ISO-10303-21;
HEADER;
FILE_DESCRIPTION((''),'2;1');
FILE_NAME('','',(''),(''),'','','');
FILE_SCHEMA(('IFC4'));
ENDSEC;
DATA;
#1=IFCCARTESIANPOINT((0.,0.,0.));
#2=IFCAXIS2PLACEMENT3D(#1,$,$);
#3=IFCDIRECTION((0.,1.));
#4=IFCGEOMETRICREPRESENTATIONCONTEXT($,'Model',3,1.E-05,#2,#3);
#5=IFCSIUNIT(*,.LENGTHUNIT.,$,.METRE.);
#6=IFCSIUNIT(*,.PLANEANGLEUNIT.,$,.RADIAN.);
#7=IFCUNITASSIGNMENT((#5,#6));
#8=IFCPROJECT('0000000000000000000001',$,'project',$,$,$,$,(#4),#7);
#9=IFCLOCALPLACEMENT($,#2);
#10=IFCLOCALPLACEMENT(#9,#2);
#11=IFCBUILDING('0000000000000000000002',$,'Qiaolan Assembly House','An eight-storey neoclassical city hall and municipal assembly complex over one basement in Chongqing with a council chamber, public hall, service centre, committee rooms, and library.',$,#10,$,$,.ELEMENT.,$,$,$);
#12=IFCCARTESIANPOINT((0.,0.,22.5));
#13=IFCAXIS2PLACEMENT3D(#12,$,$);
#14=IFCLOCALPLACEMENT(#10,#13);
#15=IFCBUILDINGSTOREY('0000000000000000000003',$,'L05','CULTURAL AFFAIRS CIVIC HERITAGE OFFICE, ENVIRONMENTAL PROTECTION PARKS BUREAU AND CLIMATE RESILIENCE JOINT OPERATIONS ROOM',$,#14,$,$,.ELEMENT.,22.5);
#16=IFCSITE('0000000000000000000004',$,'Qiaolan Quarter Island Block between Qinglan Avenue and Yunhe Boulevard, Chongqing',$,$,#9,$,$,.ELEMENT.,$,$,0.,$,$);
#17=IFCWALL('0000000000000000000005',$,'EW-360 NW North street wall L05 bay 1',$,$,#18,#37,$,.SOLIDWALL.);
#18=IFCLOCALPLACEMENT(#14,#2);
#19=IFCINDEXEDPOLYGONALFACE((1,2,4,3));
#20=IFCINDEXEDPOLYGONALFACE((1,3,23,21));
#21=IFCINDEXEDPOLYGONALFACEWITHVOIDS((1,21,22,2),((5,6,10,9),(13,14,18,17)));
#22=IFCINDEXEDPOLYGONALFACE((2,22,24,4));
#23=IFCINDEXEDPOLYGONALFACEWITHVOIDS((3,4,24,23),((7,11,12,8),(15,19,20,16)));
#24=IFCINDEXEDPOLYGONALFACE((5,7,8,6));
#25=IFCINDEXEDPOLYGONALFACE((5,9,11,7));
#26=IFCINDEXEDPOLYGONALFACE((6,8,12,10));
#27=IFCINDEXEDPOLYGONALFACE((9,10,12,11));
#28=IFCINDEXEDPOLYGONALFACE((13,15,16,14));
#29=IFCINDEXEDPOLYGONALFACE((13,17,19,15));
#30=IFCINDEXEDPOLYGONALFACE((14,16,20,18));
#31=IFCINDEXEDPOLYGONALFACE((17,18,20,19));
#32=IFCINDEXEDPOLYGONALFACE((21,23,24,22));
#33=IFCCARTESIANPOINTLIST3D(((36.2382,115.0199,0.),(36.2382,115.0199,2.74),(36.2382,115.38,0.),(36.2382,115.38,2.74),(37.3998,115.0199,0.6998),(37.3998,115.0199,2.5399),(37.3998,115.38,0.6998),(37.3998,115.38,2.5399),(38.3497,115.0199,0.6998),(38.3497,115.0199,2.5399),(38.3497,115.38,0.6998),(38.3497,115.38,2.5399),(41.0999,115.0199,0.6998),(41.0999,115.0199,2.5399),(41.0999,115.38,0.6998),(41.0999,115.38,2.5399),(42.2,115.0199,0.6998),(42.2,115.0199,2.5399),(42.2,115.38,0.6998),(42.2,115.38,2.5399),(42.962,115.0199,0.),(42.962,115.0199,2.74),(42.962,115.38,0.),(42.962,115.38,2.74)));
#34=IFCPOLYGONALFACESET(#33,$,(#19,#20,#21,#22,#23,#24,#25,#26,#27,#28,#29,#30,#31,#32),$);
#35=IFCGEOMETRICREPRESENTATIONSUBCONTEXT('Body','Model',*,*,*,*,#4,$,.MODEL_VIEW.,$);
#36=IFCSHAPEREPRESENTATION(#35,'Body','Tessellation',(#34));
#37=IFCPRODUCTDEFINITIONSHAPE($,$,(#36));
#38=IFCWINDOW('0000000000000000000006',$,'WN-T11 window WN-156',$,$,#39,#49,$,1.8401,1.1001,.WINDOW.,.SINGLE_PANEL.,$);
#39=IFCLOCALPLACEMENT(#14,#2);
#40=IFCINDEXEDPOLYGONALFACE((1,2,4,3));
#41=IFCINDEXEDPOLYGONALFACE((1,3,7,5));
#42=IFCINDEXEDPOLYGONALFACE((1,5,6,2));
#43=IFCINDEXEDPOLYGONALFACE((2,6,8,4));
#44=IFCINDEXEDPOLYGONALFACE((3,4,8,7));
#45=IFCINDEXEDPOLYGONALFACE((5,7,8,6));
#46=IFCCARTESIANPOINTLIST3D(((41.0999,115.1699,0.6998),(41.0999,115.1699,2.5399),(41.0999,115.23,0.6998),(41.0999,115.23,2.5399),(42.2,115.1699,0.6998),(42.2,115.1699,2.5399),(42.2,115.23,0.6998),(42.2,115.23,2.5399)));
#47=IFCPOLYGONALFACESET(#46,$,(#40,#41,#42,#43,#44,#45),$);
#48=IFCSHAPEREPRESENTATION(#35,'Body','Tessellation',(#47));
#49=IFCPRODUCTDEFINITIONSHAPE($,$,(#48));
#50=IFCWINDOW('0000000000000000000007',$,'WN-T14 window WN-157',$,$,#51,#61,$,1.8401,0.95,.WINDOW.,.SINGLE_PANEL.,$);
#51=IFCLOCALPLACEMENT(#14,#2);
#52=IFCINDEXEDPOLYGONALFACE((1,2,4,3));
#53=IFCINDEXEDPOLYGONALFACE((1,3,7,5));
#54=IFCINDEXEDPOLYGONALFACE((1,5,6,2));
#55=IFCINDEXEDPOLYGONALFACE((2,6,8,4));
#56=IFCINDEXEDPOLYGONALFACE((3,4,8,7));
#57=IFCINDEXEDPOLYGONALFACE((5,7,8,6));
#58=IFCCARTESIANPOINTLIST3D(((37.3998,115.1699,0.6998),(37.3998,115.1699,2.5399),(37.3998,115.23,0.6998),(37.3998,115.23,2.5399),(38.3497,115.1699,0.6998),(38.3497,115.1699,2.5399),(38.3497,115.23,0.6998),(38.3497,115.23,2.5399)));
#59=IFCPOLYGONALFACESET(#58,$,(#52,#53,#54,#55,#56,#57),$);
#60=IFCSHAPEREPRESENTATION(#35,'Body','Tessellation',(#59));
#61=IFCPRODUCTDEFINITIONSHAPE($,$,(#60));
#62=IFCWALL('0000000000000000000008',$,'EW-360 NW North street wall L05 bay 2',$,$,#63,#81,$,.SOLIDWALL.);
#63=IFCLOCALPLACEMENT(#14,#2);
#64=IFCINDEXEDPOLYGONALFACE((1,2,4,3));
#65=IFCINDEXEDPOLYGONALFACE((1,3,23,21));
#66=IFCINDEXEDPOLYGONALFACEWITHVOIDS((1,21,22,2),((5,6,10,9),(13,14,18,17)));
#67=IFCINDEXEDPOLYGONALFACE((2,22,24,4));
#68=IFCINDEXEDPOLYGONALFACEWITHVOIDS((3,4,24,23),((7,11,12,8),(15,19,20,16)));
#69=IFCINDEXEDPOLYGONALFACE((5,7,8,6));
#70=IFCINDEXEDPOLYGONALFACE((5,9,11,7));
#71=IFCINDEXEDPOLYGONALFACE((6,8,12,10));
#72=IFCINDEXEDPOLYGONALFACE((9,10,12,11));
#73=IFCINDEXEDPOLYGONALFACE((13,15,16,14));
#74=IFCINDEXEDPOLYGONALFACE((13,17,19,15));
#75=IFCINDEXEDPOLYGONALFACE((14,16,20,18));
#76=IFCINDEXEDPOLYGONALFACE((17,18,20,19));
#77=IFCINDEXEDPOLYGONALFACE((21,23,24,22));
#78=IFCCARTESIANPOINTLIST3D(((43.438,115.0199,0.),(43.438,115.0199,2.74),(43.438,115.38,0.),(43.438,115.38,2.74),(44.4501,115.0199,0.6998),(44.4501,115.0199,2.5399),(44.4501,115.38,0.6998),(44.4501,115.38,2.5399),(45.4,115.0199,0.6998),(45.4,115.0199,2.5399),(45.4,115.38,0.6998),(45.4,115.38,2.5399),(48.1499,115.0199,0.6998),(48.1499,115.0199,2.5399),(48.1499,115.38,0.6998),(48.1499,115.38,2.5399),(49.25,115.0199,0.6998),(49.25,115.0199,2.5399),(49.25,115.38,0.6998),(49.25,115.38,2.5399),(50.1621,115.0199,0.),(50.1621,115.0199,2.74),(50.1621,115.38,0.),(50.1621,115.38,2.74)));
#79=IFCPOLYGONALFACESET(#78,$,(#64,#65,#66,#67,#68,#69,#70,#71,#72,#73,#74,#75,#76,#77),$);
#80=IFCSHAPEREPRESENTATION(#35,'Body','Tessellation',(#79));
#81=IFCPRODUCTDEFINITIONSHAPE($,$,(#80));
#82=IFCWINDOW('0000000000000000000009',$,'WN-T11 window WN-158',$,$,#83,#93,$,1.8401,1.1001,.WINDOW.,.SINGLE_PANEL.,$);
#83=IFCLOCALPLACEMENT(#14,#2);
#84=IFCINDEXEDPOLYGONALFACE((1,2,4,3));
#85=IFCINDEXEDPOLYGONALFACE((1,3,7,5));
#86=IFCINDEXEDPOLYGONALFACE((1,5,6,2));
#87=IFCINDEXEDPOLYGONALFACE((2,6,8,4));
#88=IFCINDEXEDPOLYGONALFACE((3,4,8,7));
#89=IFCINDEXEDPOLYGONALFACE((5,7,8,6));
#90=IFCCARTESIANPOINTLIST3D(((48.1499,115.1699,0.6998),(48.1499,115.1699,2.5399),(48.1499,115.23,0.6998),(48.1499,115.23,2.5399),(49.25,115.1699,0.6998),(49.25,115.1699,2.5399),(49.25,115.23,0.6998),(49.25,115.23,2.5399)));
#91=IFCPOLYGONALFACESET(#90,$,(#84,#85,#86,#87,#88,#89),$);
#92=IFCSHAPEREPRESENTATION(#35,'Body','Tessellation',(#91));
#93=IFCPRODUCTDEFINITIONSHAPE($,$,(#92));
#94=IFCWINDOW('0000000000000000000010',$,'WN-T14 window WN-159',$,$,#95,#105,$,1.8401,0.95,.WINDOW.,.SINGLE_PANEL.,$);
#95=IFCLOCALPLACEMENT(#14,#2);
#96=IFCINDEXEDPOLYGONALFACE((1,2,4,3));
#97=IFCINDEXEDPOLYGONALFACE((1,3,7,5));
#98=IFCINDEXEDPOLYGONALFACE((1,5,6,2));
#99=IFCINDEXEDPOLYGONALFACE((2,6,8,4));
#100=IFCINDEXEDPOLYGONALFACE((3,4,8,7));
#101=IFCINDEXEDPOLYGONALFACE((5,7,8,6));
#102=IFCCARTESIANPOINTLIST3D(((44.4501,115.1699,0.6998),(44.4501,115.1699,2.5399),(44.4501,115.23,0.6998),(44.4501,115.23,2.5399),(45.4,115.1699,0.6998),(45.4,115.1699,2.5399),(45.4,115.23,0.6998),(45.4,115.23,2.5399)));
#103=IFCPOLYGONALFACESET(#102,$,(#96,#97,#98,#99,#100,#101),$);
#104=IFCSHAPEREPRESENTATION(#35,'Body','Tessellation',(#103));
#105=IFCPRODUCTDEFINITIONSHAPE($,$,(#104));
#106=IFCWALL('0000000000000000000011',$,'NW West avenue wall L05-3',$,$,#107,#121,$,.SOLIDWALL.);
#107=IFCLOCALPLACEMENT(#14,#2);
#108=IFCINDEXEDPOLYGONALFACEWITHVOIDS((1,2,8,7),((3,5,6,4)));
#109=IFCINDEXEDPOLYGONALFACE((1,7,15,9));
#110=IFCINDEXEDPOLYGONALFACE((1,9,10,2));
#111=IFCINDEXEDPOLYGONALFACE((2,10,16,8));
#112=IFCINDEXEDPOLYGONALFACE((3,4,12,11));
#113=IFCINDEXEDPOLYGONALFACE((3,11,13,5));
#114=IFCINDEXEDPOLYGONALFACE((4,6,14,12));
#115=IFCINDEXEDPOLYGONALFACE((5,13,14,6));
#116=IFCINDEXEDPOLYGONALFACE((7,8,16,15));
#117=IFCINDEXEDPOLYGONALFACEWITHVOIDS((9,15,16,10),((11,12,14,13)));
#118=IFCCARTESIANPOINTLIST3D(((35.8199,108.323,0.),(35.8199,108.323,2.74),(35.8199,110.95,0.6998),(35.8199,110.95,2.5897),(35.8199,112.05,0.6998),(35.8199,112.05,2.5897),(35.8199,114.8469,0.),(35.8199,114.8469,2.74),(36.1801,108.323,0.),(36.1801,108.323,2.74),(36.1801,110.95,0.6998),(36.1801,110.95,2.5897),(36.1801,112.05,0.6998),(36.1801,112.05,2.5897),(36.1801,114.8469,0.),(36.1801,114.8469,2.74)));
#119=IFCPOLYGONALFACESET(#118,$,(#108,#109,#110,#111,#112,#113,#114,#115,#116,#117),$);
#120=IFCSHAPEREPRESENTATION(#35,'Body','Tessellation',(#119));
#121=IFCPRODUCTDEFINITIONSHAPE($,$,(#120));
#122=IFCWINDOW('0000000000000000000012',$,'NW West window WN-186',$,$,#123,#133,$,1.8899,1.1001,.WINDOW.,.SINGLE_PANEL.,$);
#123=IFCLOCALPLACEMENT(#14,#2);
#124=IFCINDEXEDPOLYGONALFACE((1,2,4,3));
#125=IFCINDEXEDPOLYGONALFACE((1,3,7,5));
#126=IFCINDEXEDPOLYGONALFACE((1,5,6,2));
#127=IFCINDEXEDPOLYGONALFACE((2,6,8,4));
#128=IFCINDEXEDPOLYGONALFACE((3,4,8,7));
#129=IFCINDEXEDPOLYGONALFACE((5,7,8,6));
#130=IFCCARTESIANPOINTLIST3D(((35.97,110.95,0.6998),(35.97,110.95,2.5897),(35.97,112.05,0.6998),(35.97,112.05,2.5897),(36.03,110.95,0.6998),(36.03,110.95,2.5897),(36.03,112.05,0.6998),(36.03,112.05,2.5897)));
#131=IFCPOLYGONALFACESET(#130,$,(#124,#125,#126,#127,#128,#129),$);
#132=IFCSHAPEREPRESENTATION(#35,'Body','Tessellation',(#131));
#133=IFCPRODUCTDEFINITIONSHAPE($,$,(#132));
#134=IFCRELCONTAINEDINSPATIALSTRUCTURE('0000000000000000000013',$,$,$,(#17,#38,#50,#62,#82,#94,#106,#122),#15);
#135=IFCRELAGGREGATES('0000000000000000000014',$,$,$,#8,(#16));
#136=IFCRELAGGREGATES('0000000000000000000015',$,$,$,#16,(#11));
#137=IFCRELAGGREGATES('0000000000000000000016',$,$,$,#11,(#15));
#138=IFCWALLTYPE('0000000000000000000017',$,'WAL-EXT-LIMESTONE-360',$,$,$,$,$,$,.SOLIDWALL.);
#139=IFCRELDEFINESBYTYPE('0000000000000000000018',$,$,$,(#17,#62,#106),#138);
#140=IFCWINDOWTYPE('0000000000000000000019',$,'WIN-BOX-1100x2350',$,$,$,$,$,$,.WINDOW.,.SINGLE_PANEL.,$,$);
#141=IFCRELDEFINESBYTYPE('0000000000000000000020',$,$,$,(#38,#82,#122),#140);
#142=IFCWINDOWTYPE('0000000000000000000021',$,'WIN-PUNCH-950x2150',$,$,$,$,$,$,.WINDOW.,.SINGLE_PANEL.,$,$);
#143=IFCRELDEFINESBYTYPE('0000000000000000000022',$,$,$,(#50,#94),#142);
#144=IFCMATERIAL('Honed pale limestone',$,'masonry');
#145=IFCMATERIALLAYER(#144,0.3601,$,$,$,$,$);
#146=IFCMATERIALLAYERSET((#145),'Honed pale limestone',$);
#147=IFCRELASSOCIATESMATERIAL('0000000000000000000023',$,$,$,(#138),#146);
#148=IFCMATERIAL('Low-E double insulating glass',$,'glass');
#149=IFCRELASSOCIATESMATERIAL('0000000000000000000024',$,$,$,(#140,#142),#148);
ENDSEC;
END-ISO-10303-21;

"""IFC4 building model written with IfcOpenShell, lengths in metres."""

from ifc_helpers import new_model, si_unit, direction, frame, frame_2d, origin, place, context, subcontext, project, spatial, rectangle, extrude, material, layer, layer_set, type_object, element, fill, save


model = new_model("IFC4")

# Units and contexts
model_context = context("Model", 3, precision=1e-05, world=origin(), true_north=direction((0.0, 1.0)))
body_context = subcontext(model_context, "Body", "Model", "MODEL_VIEW")
ifc_project = project(units=[si_unit("LENGTHUNIT", "METRE"), si_unit("PLANEANGLEUNIT", "RADIAN")], contexts=[model_context])

# Site, building, storey
site_placement = place(None, origin())
site = spatial("IfcSite", under=ifc_project, at=site_placement, Name="Qiaolan Quarter Island Block between Qinglan Avenue and Yunhe Boulevard, Chongqing", CompositionType="ELEMENT", RefElevation=0.0)
building_placement = place(site_placement, origin())
building = spatial("IfcBuilding", under=site, at=building_placement, Name="Qiaolan Assembly House", Description="An eight-storey neoclassical city hall and municipal assembly complex over one basement in Chongqing with a council chamber, public hall, service centre, committee rooms, and library.", CompositionType="ELEMENT")
storey_placement = place(building_placement, frame((0.0, 0.0, 22.5)))
storey = spatial("IfcBuildingStorey", under=building, at=storey_placement, Name="L05", Description="CULTURAL AFFAIRS CIVIC HERITAGE OFFICE, ENVIRONMENTAL PROTECTION PARKS BUREAU AND CLIMATE RESILIENCE JOINT OPERATIONS ROOM", CompositionType="ELEMENT", Elevation=22.5)

# Shared definitions
ifc_material_1 = material(Name="Honed pale limestone", Category="masonry")

# Walls, openings, windows
ifc_layer_1 = layer(ifc_material_1, 0.3601)
ifc_layer_set_1 = layer_set([ifc_layer_1], Name="Honed pale limestone")
wall_type = type_object("IfcWallType", Name="WAL-EXT-LIMESTONE-360", PredefinedType="SOLIDWALL", material=ifc_layer_set_1)
wall_1_placement = place(storey_placement, frame((42.9619, 115.2, 0.0), z_axis=(0.0, 0.0, 1.0), x_axis=(-1.0, 0.0, 0.0)))
wall_1 = element("IfcWall", 1, at=wall_1_placement, inside=storey, type_object=wall_type, Name="EW-360 NW North street wall L05 bay 1", PredefinedType="SOLIDWALL", context=body_context, shape_type="SweptSolid", body=[
    extrude(rectangle(XDim=6.7239, YDim=0.3601, at=frame_2d((3.3618, 0.0))), origin(), (0.0, 0.0, 1.0), 2.74),
])
opening_1_placement = place(wall_1_placement, frame((0.762, 0.0, 0.7)))
opening_1 = element("IfcOpeningElement", 2, at=opening_1_placement, cuts=wall_1, PredefinedType="OPENING", context=body_context, shape_type="SweptSolid", body=[
    extrude(rectangle(XDim=1.1001, YDim=1.8401, at=frame_2d((0.55, 0.9199))), frame((0.0, 0.1899, 0.0), z_axis=(0.0, -1.0, 0.0), x_axis=(1.0, 0.0, 0.0)), (0.0, 0.0, 1.0), 0.3801),
])
opening_2_placement = place(wall_1_placement, frame((4.6121, 0.0, 0.7)))
opening_2 = element("IfcOpeningElement", 3, at=opening_2_placement, cuts=wall_1, PredefinedType="OPENING", context=body_context, shape_type="SweptSolid", body=[
    extrude(rectangle(XDim=0.95, YDim=1.8401, at=frame_2d((0.4751, 0.9199))), frame((0.0, 0.1899, 0.0), z_axis=(0.0, -1.0, 0.0), x_axis=(1.0, 0.0, 0.0)), (0.0, 0.0, 1.0), 0.3801),
])
ifc_material_2 = material(Name="Low-E double insulating glass", Category="glass")
window_type_1 = type_object("IfcWindowType", Name="WIN-BOX-1100x2350", PartitioningType="SINGLE_PANEL", PredefinedType="WINDOW", material=ifc_material_2)
window_1_placement = place(opening_1_placement, origin())
window_1 = element("IfcWindow", 4, at=window_1_placement, inside=storey, type_object=window_type_1, Name="WN-T11 window WN-156", OverallHeight=1.8401, OverallWidth=1.1001, PartitioningType="SINGLE_PANEL", PredefinedType="WINDOW", context=body_context, shape_type="SweptSolid", body=[
    extrude(rectangle(XDim=1.1001, YDim=1.8401, at=frame_2d((0.55, 0.9199))), frame((0.0, 0.03, 0.0), z_axis=(0.0, -1.0, 0.0), x_axis=(1.0, 0.0, 0.0)), (0.0, 0.0, 1.0), 0.0601),
])
fill(opening_1, window_1)
window_type_2 = type_object("IfcWindowType", Name="WIN-PUNCH-950x2150", PartitioningType="SINGLE_PANEL", PredefinedType="WINDOW", material=ifc_material_2)
window_2_placement = place(opening_2_placement, origin())
window_2 = element("IfcWindow", 5, at=window_2_placement, inside=storey, type_object=window_type_2, Name="WN-T14 window WN-157", OverallHeight=1.8401, OverallWidth=0.95, PartitioningType="SINGLE_PANEL", PredefinedType="WINDOW", context=body_context, shape_type="SweptSolid", body=[
    extrude(rectangle(XDim=0.95, YDim=1.8401, at=frame_2d((0.4751, 0.9199))), frame((0.0, 0.03, 0.0), z_axis=(0.0, -1.0, 0.0), x_axis=(1.0, 0.0, 0.0)), (0.0, 0.0, 1.0), 0.0601),
])
fill(opening_2, window_2)
wall_2_placement = place(storey_placement, frame((50.1621, 115.2, 0.0), z_axis=(0.0, 0.0, 1.0), x_axis=(-1.0, 0.0, 0.0)))
wall_2 = element("IfcWall", 6, at=wall_2_placement, inside=storey, type_object=wall_type, Name="EW-360 NW North street wall L05 bay 2", PredefinedType="SOLIDWALL", context=body_context, shape_type="SweptSolid", body=[
    extrude(rectangle(XDim=6.7241, YDim=0.3601, at=frame_2d((3.3621, 0.0))), origin(), (0.0, 0.0, 1.0), 2.74),
])
opening_3_placement = place(wall_2_placement, frame((0.9121, 0.0, 0.7)))
opening_3 = element("IfcOpeningElement", 7, at=opening_3_placement, cuts=wall_2, PredefinedType="OPENING", context=body_context, shape_type="SweptSolid", body=[
    extrude(rectangle(XDim=1.1001, YDim=1.8401, at=frame_2d((0.55, 0.9199))), frame((0.0, 0.1899, 0.0), z_axis=(0.0, -1.0, 0.0), x_axis=(1.0, 0.0, 0.0)), (0.0, 0.0, 1.0), 0.3801),
])
opening_4_placement = place(wall_2_placement, frame((4.762, 0.0, 0.7)))
opening_4 = element("IfcOpeningElement", 8, at=opening_4_placement, cuts=wall_2, PredefinedType="OPENING", context=body_context, shape_type="SweptSolid", body=[
    extrude(rectangle(XDim=0.95, YDim=1.8401, at=frame_2d((0.4751, 0.9199))), frame((0.0, 0.1899, 0.0), z_axis=(0.0, -1.0, 0.0), x_axis=(1.0, 0.0, 0.0)), (0.0, 0.0, 1.0), 0.3801),
])
window_3_placement = place(opening_3_placement, origin())
window_3 = element("IfcWindow", 9, at=window_3_placement, inside=storey, type_object=window_type_1, Name="WN-T11 window WN-158", OverallHeight=1.8401, OverallWidth=1.1001, PartitioningType="SINGLE_PANEL", PredefinedType="WINDOW", context=body_context, shape_type="SweptSolid", body=[
    extrude(rectangle(XDim=1.1001, YDim=1.8401, at=frame_2d((0.55, 0.9199))), frame((0.0, 0.03, 0.0), z_axis=(0.0, -1.0, 0.0), x_axis=(1.0, 0.0, 0.0)), (0.0, 0.0, 1.0), 0.0601),
])
fill(opening_3, window_3)
window_4_placement = place(opening_4_placement, origin())
window_4 = element("IfcWindow", 10, at=window_4_placement, inside=storey, type_object=window_type_2, Name="WN-T14 window WN-159", OverallHeight=1.8401, OverallWidth=0.95, PartitioningType="SINGLE_PANEL", PredefinedType="WINDOW", context=body_context, shape_type="SweptSolid", body=[
    extrude(rectangle(XDim=0.95, YDim=1.8401, at=frame_2d((0.4751, 0.9199))), frame((0.0, 0.03, 0.0), z_axis=(0.0, -1.0, 0.0), x_axis=(1.0, 0.0, 0.0)), (0.0, 0.0, 1.0), 0.0601),
])
fill(opening_4, window_4)

# Wall, opening, window
wall_3_placement = place(storey_placement, frame((36.0, 108.323, 0.0), z_axis=(0.0, 0.0, 1.0), x_axis=(0.0, 1.0, 0.0)))
wall_3 = element("IfcWall", 11, at=wall_3_placement, inside=storey, type_object=wall_type, Name="NW West avenue wall L05-3", PredefinedType="SOLIDWALL", context=body_context, shape_type="SweptSolid", body=[
    extrude(rectangle(XDim=6.5239, YDim=0.3601, at=frame_2d((3.262, 0.0))), origin(), (0.0, 0.0, 1.0), 2.74),
])
opening_5_placement = place(wall_3_placement, frame((2.627, 0.0, 0.7)))
opening_5 = element("IfcOpeningElement", 12, at=opening_5_placement, cuts=wall_3, PredefinedType="OPENING", context=body_context, shape_type="SweptSolid", body=[
    extrude(rectangle(XDim=1.1001, YDim=1.8899, at=frame_2d((0.55, 0.9448))), frame((0.0, 0.1899, 0.0), z_axis=(0.0, -1.0, 0.0), x_axis=(1.0, 0.0, 0.0)), (0.0, 0.0, 1.0), 0.3801),
])
window_5_placement = place(opening_5_placement, origin())
window_5 = element("IfcWindow", 13, at=window_5_placement, inside=storey, type_object=window_type_1, Name="NW West window WN-186", OverallHeight=1.8899, OverallWidth=1.1001, PartitioningType="SINGLE_PANEL", PredefinedType="WINDOW", context=body_context, shape_type="SweptSolid", body=[
    extrude(rectangle(XDim=1.1001, YDim=1.8899, at=frame_2d((0.55, 0.9448))), frame((0.0, 0.03, 0.0), z_axis=(0.0, -1.0, 0.0), x_axis=(1.0, 0.0, 0.0)), (0.0, 0.0, 1.0), 0.0601),
])
fill(opening_5, window_5)

save(model, "model.ifc")
